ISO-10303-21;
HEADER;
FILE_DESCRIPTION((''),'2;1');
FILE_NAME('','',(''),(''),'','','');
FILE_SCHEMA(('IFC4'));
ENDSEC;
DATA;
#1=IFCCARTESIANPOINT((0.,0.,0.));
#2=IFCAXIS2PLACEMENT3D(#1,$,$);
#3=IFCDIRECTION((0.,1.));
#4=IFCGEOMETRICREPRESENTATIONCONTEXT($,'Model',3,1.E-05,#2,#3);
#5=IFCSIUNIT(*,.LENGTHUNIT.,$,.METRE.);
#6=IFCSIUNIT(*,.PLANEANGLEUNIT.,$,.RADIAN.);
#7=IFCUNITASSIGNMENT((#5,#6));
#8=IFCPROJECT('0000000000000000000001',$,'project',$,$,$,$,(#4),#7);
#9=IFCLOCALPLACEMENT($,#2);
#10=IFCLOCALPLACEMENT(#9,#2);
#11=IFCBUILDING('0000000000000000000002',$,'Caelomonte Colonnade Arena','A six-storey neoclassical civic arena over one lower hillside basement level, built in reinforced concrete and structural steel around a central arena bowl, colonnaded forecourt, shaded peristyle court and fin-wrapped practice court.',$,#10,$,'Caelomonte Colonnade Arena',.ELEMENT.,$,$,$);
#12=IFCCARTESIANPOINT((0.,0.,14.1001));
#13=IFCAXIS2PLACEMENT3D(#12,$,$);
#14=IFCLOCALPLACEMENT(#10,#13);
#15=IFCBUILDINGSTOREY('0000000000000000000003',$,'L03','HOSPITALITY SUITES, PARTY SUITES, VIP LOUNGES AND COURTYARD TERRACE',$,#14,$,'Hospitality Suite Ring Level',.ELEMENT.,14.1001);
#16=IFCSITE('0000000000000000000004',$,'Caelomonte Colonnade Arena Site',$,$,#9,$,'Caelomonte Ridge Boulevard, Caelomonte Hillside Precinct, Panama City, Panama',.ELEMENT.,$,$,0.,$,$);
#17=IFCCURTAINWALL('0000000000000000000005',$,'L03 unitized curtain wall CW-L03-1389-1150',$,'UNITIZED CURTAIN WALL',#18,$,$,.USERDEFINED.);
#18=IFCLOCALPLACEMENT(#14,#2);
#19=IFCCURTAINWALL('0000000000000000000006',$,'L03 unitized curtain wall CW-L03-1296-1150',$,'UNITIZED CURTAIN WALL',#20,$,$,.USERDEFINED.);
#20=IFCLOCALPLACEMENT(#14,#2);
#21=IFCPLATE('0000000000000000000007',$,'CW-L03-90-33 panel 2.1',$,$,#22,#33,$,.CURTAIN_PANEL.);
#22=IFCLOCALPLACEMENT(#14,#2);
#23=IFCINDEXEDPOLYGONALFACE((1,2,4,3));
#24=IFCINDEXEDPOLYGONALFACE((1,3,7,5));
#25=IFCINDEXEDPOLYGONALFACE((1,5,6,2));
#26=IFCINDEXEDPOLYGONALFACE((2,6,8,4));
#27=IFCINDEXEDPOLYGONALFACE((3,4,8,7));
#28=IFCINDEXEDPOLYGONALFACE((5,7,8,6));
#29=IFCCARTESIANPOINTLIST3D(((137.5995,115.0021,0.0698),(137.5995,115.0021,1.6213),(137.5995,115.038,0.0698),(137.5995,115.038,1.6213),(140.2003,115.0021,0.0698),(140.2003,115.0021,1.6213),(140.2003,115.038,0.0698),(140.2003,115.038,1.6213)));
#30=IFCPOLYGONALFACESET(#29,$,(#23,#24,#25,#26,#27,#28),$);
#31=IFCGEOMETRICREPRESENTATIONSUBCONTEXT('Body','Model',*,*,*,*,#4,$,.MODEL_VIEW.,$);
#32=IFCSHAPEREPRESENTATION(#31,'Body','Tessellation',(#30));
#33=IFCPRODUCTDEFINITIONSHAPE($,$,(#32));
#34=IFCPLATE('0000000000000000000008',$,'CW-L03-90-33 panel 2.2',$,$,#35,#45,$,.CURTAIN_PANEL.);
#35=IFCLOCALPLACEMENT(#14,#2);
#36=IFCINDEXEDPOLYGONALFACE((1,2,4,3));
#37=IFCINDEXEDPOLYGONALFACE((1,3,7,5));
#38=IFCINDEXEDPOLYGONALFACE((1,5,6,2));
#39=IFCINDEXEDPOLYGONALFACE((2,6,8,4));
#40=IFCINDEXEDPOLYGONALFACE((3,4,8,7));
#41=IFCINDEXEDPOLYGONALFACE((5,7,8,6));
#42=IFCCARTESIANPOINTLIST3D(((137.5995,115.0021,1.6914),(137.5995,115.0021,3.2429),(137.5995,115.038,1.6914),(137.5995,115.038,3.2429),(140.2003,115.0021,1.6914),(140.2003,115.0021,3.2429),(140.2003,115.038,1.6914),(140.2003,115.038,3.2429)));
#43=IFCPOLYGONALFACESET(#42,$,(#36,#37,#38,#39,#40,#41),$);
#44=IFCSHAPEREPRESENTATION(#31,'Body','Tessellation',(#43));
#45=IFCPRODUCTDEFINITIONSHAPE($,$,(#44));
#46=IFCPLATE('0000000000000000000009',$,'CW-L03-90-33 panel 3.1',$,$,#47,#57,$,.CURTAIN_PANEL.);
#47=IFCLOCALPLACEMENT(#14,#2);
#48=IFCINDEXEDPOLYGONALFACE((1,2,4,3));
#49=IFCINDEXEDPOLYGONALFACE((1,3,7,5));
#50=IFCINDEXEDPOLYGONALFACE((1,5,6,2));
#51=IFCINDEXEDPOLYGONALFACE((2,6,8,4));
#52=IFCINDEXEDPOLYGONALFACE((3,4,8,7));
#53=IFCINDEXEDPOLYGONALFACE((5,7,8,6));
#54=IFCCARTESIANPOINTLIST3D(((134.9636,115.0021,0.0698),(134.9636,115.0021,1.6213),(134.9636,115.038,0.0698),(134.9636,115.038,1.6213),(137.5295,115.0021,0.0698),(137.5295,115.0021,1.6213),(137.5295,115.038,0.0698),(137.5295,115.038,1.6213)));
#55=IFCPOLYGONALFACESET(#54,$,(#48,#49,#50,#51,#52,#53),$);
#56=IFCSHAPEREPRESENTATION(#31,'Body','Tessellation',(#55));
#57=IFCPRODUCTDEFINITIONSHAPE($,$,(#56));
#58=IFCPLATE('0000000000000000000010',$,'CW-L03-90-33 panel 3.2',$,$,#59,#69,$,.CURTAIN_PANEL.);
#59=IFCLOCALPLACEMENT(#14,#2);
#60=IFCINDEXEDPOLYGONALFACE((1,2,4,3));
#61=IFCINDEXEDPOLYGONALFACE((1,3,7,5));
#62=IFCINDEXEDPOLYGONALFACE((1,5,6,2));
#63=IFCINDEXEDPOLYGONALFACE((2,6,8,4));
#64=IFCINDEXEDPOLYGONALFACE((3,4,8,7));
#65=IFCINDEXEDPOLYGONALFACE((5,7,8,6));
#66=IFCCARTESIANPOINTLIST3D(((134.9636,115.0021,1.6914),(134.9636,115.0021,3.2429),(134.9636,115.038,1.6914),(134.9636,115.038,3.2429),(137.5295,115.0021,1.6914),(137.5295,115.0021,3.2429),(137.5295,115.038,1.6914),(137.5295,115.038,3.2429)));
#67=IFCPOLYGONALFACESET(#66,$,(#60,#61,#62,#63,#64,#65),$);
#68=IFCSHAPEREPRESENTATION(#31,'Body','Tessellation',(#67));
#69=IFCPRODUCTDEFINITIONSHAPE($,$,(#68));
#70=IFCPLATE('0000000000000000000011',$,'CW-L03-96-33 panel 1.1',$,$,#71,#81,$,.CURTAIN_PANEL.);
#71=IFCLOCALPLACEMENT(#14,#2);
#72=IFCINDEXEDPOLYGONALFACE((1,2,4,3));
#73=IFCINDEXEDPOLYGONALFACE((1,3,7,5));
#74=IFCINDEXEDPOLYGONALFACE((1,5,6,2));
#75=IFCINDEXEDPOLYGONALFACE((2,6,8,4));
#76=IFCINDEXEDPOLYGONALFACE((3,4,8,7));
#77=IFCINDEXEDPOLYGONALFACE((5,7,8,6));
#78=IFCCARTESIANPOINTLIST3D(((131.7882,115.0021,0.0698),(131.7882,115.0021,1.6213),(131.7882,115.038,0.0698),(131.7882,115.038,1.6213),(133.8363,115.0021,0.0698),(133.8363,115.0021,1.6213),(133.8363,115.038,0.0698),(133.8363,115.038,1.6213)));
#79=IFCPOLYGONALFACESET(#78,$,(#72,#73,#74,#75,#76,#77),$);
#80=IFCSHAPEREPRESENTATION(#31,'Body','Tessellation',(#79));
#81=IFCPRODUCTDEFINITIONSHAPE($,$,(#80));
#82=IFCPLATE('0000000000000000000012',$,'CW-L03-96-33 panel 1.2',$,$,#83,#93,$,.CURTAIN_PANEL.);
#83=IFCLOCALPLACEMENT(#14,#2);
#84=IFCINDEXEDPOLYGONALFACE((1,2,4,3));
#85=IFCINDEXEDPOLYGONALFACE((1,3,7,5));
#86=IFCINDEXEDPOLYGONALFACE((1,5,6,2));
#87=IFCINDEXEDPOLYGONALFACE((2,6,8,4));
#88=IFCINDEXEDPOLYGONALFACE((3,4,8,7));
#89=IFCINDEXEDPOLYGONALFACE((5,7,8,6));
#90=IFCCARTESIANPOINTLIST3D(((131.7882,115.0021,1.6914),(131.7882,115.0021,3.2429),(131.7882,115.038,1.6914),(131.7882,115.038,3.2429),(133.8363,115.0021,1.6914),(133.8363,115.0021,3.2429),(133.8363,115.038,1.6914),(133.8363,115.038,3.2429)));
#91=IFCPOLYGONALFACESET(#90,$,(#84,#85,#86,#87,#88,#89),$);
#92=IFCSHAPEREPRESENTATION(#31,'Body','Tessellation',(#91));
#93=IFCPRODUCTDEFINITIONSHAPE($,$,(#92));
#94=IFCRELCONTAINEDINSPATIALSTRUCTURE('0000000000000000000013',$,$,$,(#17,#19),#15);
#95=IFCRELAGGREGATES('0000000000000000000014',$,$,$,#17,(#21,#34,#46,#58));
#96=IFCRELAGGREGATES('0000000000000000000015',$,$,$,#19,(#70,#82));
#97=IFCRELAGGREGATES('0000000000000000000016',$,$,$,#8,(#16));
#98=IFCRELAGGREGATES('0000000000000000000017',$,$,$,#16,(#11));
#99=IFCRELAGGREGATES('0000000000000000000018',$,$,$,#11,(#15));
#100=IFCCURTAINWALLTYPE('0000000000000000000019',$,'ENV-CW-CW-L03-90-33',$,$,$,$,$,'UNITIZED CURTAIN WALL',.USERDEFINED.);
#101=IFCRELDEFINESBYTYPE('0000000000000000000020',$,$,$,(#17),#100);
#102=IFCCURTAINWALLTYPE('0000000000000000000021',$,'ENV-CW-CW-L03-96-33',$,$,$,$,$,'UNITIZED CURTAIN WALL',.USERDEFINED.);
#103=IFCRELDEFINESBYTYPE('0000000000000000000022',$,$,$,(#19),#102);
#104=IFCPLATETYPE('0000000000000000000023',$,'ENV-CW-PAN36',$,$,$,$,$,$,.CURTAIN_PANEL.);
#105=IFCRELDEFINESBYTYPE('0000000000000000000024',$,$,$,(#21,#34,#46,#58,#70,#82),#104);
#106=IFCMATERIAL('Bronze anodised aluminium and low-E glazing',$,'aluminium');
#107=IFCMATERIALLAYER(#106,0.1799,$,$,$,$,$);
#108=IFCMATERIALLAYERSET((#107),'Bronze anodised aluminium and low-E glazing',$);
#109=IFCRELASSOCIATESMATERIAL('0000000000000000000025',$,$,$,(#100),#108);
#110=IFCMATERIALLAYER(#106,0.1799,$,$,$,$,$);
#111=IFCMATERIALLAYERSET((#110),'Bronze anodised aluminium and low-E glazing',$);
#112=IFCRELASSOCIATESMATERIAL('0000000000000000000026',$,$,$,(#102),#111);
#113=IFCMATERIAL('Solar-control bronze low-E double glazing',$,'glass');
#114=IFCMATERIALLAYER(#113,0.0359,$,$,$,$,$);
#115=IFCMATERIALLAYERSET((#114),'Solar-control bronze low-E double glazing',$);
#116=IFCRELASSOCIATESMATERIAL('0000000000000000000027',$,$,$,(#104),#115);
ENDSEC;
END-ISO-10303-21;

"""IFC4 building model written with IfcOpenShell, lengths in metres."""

from ifc_helpers import new_model, si_unit, direction, frame, origin, origin_2d, place, context, subcontext, project, spatial, rectangle, extrude, material, layer, layer_set, type_object, element, aggregate, save


model = new_model("IFC4")

# Units and contexts
model_context = context("Model", 3, precision=1e-05, world=origin(), true_north=direction((0.0, 1.0)))
body_context = subcontext(model_context, "Body", "Model", "MODEL_VIEW")
ifc_project = project(units=[si_unit("LENGTHUNIT", "METRE"), si_unit("PLANEANGLEUNIT", "RADIAN")], contexts=[model_context])

# Site, building, storey
site_placement = place(None, origin())
site = spatial("IfcSite", under=ifc_project, at=site_placement, Name="Caelomonte Colonnade Arena Site", LongName="Caelomonte Ridge Boulevard, Caelomonte Hillside Precinct, Panama City, Panama", CompositionType="ELEMENT", RefElevation=0.0)
building_placement = place(site_placement, origin())
building = spatial("IfcBuilding", under=site, at=building_placement, Name="Caelomonte Colonnade Arena", Description="A six-storey neoclassical civic arena over one lower hillside basement level, built in reinforced concrete and structural steel around a central arena bowl, colonnaded forecourt, shaded peristyle court and fin-wrapped practice court.", LongName="Caelomonte Colonnade Arena", CompositionType="ELEMENT")
storey_placement = place(building_placement, frame((0.0, 0.0, 14.1001)))
storey = spatial("IfcBuildingStorey", under=building, at=storey_placement, Name="L03", Description="HOSPITALITY SUITES, PARTY SUITES, VIP LOUNGES AND COURTYARD TERRACE", LongName="Hospitality Suite Ring Level", CompositionType="ELEMENT", Elevation=14.1001)

# Curtain walls
ifc_material_1 = material(Name="Bronze anodised aluminium and low-E glazing", Category="aluminium")
ifc_layer_1 = layer(ifc_material_1, 0.1799)
ifc_layer_set_1 = layer_set([ifc_layer_1], Name="Bronze anodised aluminium and low-E glazing")
curtain_wall_type_1 = type_object("IfcCurtainWallType", Name="ENV-CW-CW-L03-90-33", ElementType="UNITIZED CURTAIN WALL", PredefinedType="USERDEFINED", material=ifc_layer_set_1)
curtain_wall_1_placement = place(storey_placement, origin())
curtain_wall_1 = element("IfcCurtainWall", 1, at=curtain_wall_1_placement, inside=storey, type_object=curtain_wall_type_1, Name="L03 unitized curtain wall CW-L03-1389-1150", ObjectType="UNITIZED CURTAIN WALL", PredefinedType="USERDEFINED")
ifc_layer_2 = layer(ifc_material_1, 0.1799)
ifc_layer_set_2 = layer_set([ifc_layer_2], Name="Bronze anodised aluminium and low-E glazing")
curtain_wall_type_2 = type_object("IfcCurtainWallType", Name="ENV-CW-CW-L03-96-33", ElementType="UNITIZED CURTAIN WALL", PredefinedType="USERDEFINED", material=ifc_layer_set_2)
curtain_wall_2_placement = place(storey_placement, origin())
curtain_wall_2 = element("IfcCurtainWall", 2, at=curtain_wall_2_placement, inside=storey, type_object=curtain_wall_type_2, Name="L03 unitized curtain wall CW-L03-1296-1150", ObjectType="UNITIZED CURTAIN WALL", PredefinedType="USERDEFINED")

# Plates
ifc_material_2 = material(Name="Solar-control bronze low-E double glazing", Category="glass")
ifc_layer_3 = layer(ifc_material_2, 0.0359)
ifc_layer_set_3 = layer_set([ifc_layer_3], Name="Solar-control bronze low-E double glazing")
plate_type = type_object("IfcPlateType", Name="ENV-CW-PAN36", PredefinedType="CURTAIN_PANEL", material=ifc_layer_set_3)
plate_1_placement = place(storey_placement, frame((138.8999, 115.02, 0.0698), z_axis=(0.0, 0.0, 1.0), x_axis=(-1.0, 0.0, 0.0)))
plate_1 = element("IfcPlate", 3, at=plate_1_placement, type_object=plate_type, Name="CW-L03-90-33 panel 2.1", PredefinedType="CURTAIN_PANEL", context=body_context, shape_type="SweptSolid", body=[
    extrude(rectangle(XDim=2.6008, YDim=0.0359, at=origin_2d()), origin(), (0.0, 0.0, 1.0), 1.5515),
])
plate_2_placement = place(storey_placement, frame((138.8999, 115.02, 1.6914), z_axis=(0.0, 0.0, 1.0), x_axis=(-1.0, 0.0, 0.0)))
plate_2 = element("IfcPlate", 4, at=plate_2_placement, type_object=plate_type, Name="CW-L03-90-33 panel 2.2", PredefinedType="CURTAIN_PANEL", context=body_context, shape_type="SweptSolid", body=[
    extrude(rectangle(XDim=2.6008, YDim=0.0359, at=origin_2d()), origin(), (0.0, 0.0, 1.0), 1.5515),
])
plate_3_placement = place(storey_placement, frame((136.2466, 115.02, 0.0698), z_axis=(0.0, 0.0, 1.0), x_axis=(-1.0, 0.0, 0.0)))
plate_3 = element("IfcPlate", 5, at=plate_3_placement, type_object=plate_type, Name="CW-L03-90-33 panel 3.1", PredefinedType="CURTAIN_PANEL", context=body_context, shape_type="SweptSolid", body=[
    extrude(rectangle(XDim=2.5659, YDim=0.0359, at=origin_2d()), origin(), (0.0, 0.0, 1.0), 1.5515),
])
plate_4_placement = place(storey_placement, frame((136.2466, 115.02, 1.6914), z_axis=(0.0, 0.0, 1.0), x_axis=(-1.0, 0.0, 0.0)))
plate_4 = element("IfcPlate", 6, at=plate_4_placement, type_object=plate_type, Name="CW-L03-90-33 panel 3.2", PredefinedType="CURTAIN_PANEL", context=body_context, shape_type="SweptSolid", body=[
    extrude(rectangle(XDim=2.5659, YDim=0.0359, at=origin_2d()), origin(), (0.0, 0.0, 1.0), 1.5515),
])
aggregate(curtain_wall_1, [plate_1, plate_2, plate_3, plate_4])
plate_5_placement = place(storey_placement, frame((132.8123, 115.02, 0.0698), z_axis=(0.0, 0.0, 1.0), x_axis=(-1.0, 0.0, 0.0)))
plate_5 = element("IfcPlate", 7, at=plate_5_placement, type_object=plate_type, Name="CW-L03-96-33 panel 1.1", PredefinedType="CURTAIN_PANEL", context=body_context, shape_type="SweptSolid", body=[
    extrude(rectangle(XDim=2.0481, YDim=0.0359, at=origin_2d()), origin(), (0.0, 0.0, 1.0), 1.5515),
])
plate_6_placement = place(storey_placement, frame((132.8123, 115.02, 1.6914), z_axis=(0.0, 0.0, 1.0), x_axis=(-1.0, 0.0, 0.0)))
plate_6 = element("IfcPlate", 8, at=plate_6_placement, type_object=plate_type, Name="CW-L03-96-33 panel 1.2", PredefinedType="CURTAIN_PANEL", context=body_context, shape_type="SweptSolid", body=[
    extrude(rectangle(XDim=2.0481, YDim=0.0359, at=origin_2d()), origin(), (0.0, 0.0, 1.0), 1.5515),
])
aggregate(curtain_wall_2, [plate_5, plate_6])

save(model, "model.ifc")
